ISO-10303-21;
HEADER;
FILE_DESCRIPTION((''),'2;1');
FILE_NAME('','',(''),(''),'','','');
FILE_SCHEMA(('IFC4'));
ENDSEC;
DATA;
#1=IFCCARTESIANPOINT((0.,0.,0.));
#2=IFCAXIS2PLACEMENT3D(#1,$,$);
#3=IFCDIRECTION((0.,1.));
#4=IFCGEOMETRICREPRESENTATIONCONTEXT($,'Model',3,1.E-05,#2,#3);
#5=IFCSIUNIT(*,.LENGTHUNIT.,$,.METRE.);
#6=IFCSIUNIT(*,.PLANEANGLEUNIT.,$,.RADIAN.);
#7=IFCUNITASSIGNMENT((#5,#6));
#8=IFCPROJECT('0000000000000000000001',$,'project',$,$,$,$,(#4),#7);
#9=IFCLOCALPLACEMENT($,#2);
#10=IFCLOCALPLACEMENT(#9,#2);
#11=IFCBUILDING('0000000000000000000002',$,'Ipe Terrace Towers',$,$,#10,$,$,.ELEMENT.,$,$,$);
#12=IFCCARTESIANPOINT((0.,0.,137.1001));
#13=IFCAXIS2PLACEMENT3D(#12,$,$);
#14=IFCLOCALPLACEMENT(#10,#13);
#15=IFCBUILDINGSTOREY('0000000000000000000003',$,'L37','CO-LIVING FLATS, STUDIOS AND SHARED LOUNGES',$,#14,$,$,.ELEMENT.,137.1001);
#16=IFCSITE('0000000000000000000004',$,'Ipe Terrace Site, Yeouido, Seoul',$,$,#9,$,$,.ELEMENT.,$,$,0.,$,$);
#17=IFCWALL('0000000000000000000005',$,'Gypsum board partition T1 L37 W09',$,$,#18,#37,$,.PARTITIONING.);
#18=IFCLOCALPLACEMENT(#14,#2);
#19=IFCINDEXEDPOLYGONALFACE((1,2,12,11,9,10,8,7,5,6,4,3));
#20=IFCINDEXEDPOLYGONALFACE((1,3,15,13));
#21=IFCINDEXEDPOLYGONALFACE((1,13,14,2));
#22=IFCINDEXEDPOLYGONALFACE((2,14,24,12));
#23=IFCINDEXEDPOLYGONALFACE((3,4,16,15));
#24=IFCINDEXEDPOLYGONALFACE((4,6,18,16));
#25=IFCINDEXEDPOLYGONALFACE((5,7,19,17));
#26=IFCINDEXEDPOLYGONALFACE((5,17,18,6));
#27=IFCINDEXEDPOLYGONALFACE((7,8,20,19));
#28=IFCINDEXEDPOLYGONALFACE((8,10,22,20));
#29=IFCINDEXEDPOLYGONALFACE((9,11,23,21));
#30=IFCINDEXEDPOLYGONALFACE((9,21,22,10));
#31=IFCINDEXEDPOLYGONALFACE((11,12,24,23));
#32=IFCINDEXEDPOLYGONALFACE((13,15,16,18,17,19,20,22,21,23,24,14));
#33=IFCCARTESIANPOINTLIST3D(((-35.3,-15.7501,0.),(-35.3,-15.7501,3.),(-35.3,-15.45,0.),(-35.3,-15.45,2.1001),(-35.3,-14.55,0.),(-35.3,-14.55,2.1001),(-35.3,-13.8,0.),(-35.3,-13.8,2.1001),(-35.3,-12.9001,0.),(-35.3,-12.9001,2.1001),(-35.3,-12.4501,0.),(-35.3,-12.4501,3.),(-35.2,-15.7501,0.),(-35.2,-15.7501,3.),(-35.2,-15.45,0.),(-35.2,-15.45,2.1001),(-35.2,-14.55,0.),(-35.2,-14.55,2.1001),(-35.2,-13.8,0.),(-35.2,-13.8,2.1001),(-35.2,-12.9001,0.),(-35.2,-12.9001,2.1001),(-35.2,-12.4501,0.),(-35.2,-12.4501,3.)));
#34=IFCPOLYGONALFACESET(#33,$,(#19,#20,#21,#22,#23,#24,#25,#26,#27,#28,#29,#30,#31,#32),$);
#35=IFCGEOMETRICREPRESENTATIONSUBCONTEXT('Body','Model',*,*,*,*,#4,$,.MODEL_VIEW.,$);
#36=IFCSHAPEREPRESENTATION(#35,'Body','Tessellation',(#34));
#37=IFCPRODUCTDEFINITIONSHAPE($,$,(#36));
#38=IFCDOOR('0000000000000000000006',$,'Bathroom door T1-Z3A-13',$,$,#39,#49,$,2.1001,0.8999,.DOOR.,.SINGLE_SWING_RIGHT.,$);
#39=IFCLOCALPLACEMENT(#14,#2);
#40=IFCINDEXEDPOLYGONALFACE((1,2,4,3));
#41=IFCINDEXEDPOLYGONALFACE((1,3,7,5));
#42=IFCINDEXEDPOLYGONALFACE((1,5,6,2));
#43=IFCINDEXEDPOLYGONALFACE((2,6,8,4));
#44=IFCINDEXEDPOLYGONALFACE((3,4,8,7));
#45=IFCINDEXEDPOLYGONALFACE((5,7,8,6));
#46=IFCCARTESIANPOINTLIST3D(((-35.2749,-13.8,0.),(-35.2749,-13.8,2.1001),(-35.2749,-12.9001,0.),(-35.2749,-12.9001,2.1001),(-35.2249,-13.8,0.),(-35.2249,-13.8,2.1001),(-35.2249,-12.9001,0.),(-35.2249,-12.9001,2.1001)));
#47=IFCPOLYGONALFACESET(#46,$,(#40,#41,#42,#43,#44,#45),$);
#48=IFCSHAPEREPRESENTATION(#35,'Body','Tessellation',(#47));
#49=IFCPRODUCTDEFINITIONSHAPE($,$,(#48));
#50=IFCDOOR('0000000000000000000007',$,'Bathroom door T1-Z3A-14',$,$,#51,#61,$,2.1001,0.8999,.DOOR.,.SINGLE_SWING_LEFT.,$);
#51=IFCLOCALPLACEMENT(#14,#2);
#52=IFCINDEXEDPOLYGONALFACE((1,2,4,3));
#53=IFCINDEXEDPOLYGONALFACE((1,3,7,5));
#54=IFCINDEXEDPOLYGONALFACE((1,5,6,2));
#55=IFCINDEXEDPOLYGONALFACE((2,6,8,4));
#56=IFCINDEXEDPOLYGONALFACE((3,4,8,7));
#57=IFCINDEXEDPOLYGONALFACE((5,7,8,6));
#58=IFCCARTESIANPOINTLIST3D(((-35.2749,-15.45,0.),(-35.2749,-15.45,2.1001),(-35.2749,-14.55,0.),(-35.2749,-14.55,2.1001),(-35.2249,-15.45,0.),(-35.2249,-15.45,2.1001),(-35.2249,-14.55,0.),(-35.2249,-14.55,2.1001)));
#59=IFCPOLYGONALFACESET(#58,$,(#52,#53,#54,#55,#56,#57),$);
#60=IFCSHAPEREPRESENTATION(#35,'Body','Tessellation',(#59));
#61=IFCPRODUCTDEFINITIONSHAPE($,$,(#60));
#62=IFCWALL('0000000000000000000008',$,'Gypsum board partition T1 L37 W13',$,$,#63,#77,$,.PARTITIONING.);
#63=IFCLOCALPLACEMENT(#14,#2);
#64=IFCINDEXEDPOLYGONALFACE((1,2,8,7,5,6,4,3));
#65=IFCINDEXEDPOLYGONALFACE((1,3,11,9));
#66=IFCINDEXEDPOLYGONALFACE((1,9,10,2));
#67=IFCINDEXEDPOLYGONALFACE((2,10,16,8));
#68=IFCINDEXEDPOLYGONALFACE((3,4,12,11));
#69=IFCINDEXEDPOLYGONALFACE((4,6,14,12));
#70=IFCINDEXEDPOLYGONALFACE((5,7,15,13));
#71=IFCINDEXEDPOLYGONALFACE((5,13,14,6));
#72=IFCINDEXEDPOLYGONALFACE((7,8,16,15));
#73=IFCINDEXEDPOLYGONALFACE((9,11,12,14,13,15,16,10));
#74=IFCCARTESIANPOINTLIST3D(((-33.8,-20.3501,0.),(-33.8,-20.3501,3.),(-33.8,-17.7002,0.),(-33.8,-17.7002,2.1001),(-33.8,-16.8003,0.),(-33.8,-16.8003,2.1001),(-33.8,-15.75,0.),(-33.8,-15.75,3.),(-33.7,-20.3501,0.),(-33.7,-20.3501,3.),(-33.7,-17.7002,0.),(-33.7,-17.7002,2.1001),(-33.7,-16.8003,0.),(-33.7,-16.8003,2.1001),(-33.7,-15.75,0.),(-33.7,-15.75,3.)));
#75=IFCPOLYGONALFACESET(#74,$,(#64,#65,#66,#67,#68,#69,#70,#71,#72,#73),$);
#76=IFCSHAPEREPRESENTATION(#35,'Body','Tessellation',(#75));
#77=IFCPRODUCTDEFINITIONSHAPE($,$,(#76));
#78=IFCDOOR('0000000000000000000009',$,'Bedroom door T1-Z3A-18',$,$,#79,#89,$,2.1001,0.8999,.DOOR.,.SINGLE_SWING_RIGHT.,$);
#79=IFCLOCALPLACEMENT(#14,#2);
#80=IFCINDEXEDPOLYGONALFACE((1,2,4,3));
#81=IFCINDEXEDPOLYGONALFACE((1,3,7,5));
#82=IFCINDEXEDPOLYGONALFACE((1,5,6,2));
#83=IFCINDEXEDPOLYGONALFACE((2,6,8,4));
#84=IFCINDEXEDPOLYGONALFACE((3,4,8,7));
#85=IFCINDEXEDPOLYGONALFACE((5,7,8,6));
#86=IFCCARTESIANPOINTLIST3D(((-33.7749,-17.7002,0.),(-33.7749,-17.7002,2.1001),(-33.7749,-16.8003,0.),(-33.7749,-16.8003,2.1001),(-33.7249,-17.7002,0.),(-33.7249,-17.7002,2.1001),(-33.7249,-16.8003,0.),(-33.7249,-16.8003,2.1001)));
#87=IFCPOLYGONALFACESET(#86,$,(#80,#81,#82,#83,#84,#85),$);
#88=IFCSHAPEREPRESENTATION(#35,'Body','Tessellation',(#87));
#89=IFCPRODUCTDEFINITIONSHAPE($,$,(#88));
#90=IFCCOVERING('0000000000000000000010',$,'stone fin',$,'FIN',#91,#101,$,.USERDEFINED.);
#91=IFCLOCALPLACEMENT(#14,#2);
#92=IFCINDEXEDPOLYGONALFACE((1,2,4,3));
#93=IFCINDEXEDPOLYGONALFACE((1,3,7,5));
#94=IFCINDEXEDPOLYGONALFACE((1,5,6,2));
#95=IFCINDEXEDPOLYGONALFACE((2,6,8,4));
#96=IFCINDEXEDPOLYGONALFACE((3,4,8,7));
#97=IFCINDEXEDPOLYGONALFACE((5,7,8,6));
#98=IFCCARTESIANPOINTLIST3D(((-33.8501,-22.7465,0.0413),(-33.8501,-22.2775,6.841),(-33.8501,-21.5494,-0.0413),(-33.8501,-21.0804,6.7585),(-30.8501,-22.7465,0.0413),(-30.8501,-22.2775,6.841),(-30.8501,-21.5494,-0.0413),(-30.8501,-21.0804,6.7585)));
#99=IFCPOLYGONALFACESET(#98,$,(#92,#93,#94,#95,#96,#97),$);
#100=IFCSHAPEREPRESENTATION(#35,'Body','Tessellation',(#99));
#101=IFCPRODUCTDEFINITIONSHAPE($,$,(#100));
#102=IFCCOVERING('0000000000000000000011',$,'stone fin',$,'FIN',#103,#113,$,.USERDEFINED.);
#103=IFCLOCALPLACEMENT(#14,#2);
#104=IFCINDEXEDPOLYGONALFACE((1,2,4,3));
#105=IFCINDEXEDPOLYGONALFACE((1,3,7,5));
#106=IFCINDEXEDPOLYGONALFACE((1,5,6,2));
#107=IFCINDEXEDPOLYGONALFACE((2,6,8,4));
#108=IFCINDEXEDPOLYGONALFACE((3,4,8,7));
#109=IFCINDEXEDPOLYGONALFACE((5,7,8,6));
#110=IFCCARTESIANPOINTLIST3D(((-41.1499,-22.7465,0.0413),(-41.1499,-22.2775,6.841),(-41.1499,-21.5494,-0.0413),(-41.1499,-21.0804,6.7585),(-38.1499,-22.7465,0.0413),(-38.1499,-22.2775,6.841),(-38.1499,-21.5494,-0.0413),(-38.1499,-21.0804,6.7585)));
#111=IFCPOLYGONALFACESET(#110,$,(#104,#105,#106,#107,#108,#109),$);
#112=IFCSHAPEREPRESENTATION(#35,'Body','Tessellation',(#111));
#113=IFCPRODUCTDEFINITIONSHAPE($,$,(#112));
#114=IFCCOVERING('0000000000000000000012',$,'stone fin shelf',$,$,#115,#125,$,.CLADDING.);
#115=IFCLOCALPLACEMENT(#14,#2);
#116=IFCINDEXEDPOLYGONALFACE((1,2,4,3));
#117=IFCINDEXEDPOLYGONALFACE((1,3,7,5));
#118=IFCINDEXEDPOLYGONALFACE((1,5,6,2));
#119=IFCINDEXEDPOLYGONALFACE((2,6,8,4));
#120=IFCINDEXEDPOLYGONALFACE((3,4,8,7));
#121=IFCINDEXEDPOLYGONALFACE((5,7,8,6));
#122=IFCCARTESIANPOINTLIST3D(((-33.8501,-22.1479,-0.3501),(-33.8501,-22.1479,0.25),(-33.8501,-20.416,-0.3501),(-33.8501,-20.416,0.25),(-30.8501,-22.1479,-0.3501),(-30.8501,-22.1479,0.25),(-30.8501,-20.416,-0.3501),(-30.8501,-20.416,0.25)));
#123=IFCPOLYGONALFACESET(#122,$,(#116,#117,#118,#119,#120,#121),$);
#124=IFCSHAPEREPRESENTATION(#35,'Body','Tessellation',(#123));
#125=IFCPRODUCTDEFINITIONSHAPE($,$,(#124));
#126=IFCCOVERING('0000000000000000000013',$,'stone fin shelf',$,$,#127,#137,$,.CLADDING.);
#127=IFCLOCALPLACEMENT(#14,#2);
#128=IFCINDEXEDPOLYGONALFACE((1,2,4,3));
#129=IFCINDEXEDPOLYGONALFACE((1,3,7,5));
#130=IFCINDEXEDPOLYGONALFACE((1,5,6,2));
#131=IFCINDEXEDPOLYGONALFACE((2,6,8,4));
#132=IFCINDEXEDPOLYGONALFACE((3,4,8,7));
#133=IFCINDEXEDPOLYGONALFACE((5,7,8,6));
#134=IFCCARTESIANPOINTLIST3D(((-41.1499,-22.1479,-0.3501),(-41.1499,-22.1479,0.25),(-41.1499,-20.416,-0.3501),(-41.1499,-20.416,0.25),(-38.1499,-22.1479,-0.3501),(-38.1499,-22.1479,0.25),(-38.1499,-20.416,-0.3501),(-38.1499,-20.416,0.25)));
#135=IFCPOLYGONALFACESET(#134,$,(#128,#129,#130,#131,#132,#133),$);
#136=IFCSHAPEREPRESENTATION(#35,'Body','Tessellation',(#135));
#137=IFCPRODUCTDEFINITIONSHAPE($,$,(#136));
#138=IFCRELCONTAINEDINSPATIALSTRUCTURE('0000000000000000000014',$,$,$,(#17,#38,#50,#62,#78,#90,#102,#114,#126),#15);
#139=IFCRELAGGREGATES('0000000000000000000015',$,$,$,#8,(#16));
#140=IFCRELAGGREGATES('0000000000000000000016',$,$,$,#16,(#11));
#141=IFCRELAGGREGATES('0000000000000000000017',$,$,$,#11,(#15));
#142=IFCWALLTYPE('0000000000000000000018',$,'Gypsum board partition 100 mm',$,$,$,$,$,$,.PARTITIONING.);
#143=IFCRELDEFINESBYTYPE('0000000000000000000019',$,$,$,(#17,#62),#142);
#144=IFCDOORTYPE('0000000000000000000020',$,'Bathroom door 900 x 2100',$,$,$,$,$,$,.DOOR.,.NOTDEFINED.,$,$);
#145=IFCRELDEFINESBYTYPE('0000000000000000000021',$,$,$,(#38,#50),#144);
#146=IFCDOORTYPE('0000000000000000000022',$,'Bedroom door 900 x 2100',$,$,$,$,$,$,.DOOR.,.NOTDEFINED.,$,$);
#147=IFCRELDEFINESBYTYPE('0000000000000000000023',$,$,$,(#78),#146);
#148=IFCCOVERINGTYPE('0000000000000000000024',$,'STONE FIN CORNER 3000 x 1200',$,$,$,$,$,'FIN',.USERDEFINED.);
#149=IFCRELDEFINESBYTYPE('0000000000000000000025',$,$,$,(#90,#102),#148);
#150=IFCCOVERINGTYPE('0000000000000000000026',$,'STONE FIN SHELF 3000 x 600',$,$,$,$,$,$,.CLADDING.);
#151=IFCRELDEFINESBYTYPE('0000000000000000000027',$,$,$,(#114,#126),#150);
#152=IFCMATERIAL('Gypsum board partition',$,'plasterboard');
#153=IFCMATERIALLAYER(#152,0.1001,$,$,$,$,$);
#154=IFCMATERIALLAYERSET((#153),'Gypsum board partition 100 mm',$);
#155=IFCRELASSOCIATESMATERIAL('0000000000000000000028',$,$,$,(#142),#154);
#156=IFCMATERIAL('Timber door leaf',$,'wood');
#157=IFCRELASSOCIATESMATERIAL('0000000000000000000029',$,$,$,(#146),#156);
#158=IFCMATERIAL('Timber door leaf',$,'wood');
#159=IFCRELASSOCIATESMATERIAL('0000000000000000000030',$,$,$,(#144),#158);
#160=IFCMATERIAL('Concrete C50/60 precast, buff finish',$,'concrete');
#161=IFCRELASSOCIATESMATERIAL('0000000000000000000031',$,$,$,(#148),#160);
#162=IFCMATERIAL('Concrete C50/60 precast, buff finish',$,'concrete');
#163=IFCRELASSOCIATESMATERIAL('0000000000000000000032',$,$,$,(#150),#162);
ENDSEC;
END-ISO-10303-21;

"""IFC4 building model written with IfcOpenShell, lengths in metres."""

from ifc_helpers import new_model, si_unit, direction, frame, frame_2d, origin, origin_2d, place, context, subcontext, project, spatial, rectangle, extrude, material, layer, layer_set, material_profile, profile_set, type_object, element, fill, save


model = new_model("IFC4")

# Units and contexts
model_context = context("Model", 3, precision=1e-05, world=origin(), true_north=direction((0.0, 1.0)))
body_context = subcontext(model_context, "Body", "Model", "MODEL_VIEW")
ifc_project = project(units=[si_unit("LENGTHUNIT", "METRE"), si_unit("PLANEANGLEUNIT", "RADIAN")], contexts=[model_context])

# Site, building, storey
site_placement = place(None, origin())
site = spatial("IfcSite", under=ifc_project, at=site_placement, Name="Ipe Terrace Site, Yeouido, Seoul", CompositionType="ELEMENT", RefElevation=0.0)
building_placement = place(site_placement, origin())
building = spatial("IfcBuilding", under=site, at=building_placement, Name="Ipe Terrace Towers", CompositionType="ELEMENT")
storey_placement = place(building_placement, frame((0.0, 0.0, 137.1001)))
storey = spatial("IfcBuildingStorey", under=building, at=storey_placement, Name="L37", Description="CO-LIVING FLATS, STUDIOS AND SHARED LOUNGES", CompositionType="ELEMENT", Elevation=137.1001)

# Shared definitions
ifc_material_1 = material(Name="Gypsum board partition", Category="plasterboard")
ifc_layer_1 = layer(ifc_material_1, 0.1001)
ifc_layer_set_1 = layer_set([ifc_layer_1], Name="Gypsum board partition 100 mm")
wall_type_1 = type_object("IfcWallType", Name="Gypsum board partition 100 mm", PredefinedType="PARTITIONING", material=ifc_layer_set_1)
ifc_material_2 = material(Name="Timber door leaf", Category="wood")
door_type_1 = type_object("IfcDoorType", Name="Bedroom door 900 x 2100", OperationType="NOTDEFINED", PredefinedType="DOOR", material=ifc_material_2)

# Wall, openings, doors
wall_1_placement = place(storey_placement, frame((-35.25, -15.75, 0.0), z_axis=(0.0, 0.0, 1.0), x_axis=(0.0, 1.0, 0.0)))
wall_1 = element("IfcWall", 1, at=wall_1_placement, inside=storey, type_object=wall_type_1, Name="Gypsum board partition T1 L37 W09", PredefinedType="PARTITIONING", context=body_context, shape_type="SweptSolid", body=[
    extrude(rectangle(XDim=3.3, YDim=0.1001, at=frame_2d((1.6499, 0.0))), origin(), (0.0, 0.0, 1.0), 3.0),
])
opening_1_placement = place(wall_1_placement, frame((1.95, 0.0, 0.0)))
opening_1 = element("IfcOpeningElement", 2, at=opening_1_placement, cuts=wall_1, PredefinedType="OPENING", context=body_context, shape_type="SweptSolid", body=[
    extrude(rectangle(XDim=0.8999, YDim=2.1001, at=frame_2d((0.45, 1.05))), frame((0.0, 0.0601, 0.0), z_axis=(0.0, -1.0, 0.0), x_axis=(1.0, 0.0, 0.0)), (0.0, 0.0, 1.0), 0.1201),
])
opening_2_placement = place(wall_1_placement, frame((0.3, 0.0, 0.0)))
opening_2 = element("IfcOpeningElement", 3, at=opening_2_placement, cuts=wall_1, PredefinedType="OPENING", context=body_context, shape_type="SweptSolid", body=[
    extrude(rectangle(XDim=0.8999, YDim=2.1001, at=frame_2d((0.45, 1.05))), frame((0.0, 0.0601, 0.0), z_axis=(0.0, -1.0, 0.0), x_axis=(1.0, 0.0, 0.0)), (0.0, 0.0, 1.0), 0.1201),
])
ifc_material_3 = material(Name="Timber door leaf", Category="wood")
door_type_2 = type_object("IfcDoorType", Name="Bathroom door 900 x 2100", OperationType="NOTDEFINED", PredefinedType="DOOR", material=ifc_material_3)
door_1_placement = place(opening_1_placement, origin())
door_1 = element("IfcDoor", 4, at=door_1_placement, inside=storey, type_object=door_type_2, Name="Bathroom door T1-Z3A-13", OperationType="SINGLE_SWING_RIGHT", OverallHeight=2.1001, OverallWidth=0.8999, PredefinedType="DOOR", context=body_context, shape_type="SweptSolid", body=[
    extrude(rectangle(XDim=0.8999, YDim=2.1001, at=frame_2d((0.45, 1.05))), frame((0.0, 0.0249, 0.0), z_axis=(0.0, -1.0, 0.0), x_axis=(1.0, 0.0, 0.0)), (0.0, 0.0, 1.0), 0.05),
])
fill(opening_1, door_1)
door_2_placement = place(opening_2_placement, origin())
door_2 = element("IfcDoor", 5, at=door_2_placement, inside=storey, type_object=door_type_2, Name="Bathroom door T1-Z3A-14", OperationType="SINGLE_SWING_LEFT", OverallHeight=2.1001, OverallWidth=0.8999, PredefinedType="DOOR", context=body_context, shape_type="SweptSolid", body=[
    extrude(rectangle(XDim=0.8999, YDim=2.1001, at=frame_2d((0.45, 1.05))), frame((0.0, 0.0249, 0.0), z_axis=(0.0, -1.0, 0.0), x_axis=(1.0, 0.0, 0.0)), (0.0, 0.0, 1.0), 0.05),
])
fill(opening_2, door_2)

# Wall, opening, door
wall_2_placement = place(storey_placement, frame((-33.75, -20.3501, 0.0), z_axis=(0.0, 0.0, 1.0), x_axis=(0.0, 1.0, 0.0)))
wall_2 = element("IfcWall", 6, at=wall_2_placement, inside=storey, type_object=wall_type_1, Name="Gypsum board partition T1 L37 W13", PredefinedType="PARTITIONING", context=body_context, shape_type="SweptSolid", body=[
    extrude(rectangle(XDim=4.6001, YDim=0.1001, at=frame_2d((2.3, 0.0))), origin(), (0.0, 0.0, 1.0), 3.0),
])
opening_3_placement = place(wall_2_placement, frame((2.6499, 0.0, 0.0)))
opening_3 = element("IfcOpeningElement", 7, at=opening_3_placement, cuts=wall_2, PredefinedType="OPENING", context=body_context, shape_type="SweptSolid", body=[
    extrude(rectangle(XDim=0.8999, YDim=2.1001, at=frame_2d((0.45, 1.05))), frame((0.0, 0.0601, 0.0), z_axis=(0.0, -1.0, 0.0), x_axis=(1.0, 0.0, 0.0)), (0.0, 0.0, 1.0), 0.1201),
])
door_3_placement = place(opening_3_placement, origin())
door_3 = element("IfcDoor", 8, at=door_3_placement, inside=storey, type_object=door_type_1, Name="Bedroom door T1-Z3A-18", OperationType="SINGLE_SWING_RIGHT", OverallHeight=2.1001, OverallWidth=0.8999, PredefinedType="DOOR", context=body_context, shape_type="SweptSolid", body=[
    extrude(rectangle(XDim=0.8999, YDim=2.1001, at=frame_2d((0.45, 1.05))), frame((0.0, 0.0249, 0.0), z_axis=(0.0, -1.0, 0.0), x_axis=(1.0, 0.0, 0.0)), (0.0, 0.0, 1.0), 0.05),
])
fill(opening_3, door_3)

# Coverings
ifc_material_4 = material(Name="Concrete C50/60 precast, buff finish", Category="concrete")
ifc_material_profile_1 = material_profile(ifc_material_4, rectangle(XDim=3.0, YDim=1.2, at=origin_2d()), Name="STONE FIN CORNER 3000 x 1200")
ifc_profile_set_1 = profile_set([ifc_material_profile_1], Name="Concrete C50/60 precast, buff finish")
covering_type_1 = type_object("IfcCoveringType", Name="STONE FIN CORNER 3000 x 1200", ElementType="FIN", PredefinedType="USERDEFINED", material=ifc_profile_set_1)
for number, where, z_axis, x_axis, name in (
    (9, (-32.3501, -22.1479, 0.0), (0.0, 0.068808, 0.99763), (1.0, 0.0, 0.0), "stone fin"),
    (10, (-39.6499, -22.1479, 0.0), (0.0, 0.068808, 0.99763), (1.0, 0.0, 0.0), "stone fin"),
):
    element("IfcCovering", number, at=place(storey_placement, frame(where, z_axis=z_axis, x_axis=x_axis)), inside=storey, type_object=covering_type_1, Name=name, ObjectType="FIN", PredefinedType="USERDEFINED", context=body_context, shape_type="SweptSolid", body=[
        extrude(rectangle(XDim=3.0, YDim=1.2, at=origin_2d()), origin(), (0.0, 0.0, 1.0), 6.8159),
    ])
ifc_material_5 = material(Name="Concrete C50/60 precast, buff finish", Category="concrete")
covering_type_2 = type_object("IfcCoveringType", Name="STONE FIN SHELF 3000 x 600", PredefinedType="CLADDING", material=ifc_material_5)
for number, where, z_axis, x_axis, name in (
    (11, (-32.3501, -21.282, -0.3501), (0.0, 0.0, 1.0), (1.0, 0.0, 0.0), "stone fin shelf"),
    (12, (-39.6499, -21.282, -0.3501), (0.0, 0.0, 1.0), (1.0, 0.0, 0.0), "stone fin shelf"),
):
    element("IfcCovering", number, at=place(storey_placement, frame(where, z_axis=z_axis, x_axis=x_axis)), inside=storey, type_object=covering_type_2, Name=name, PredefinedType="CLADDING", context=body_context, shape_type="SweptSolid", body=[
        extrude(rectangle(XDim=3.0, YDim=1.7319, at=origin_2d()), origin(), (0.0, 0.0, 1.0), 0.6001),
    ])

save(model, "model.ifc")
